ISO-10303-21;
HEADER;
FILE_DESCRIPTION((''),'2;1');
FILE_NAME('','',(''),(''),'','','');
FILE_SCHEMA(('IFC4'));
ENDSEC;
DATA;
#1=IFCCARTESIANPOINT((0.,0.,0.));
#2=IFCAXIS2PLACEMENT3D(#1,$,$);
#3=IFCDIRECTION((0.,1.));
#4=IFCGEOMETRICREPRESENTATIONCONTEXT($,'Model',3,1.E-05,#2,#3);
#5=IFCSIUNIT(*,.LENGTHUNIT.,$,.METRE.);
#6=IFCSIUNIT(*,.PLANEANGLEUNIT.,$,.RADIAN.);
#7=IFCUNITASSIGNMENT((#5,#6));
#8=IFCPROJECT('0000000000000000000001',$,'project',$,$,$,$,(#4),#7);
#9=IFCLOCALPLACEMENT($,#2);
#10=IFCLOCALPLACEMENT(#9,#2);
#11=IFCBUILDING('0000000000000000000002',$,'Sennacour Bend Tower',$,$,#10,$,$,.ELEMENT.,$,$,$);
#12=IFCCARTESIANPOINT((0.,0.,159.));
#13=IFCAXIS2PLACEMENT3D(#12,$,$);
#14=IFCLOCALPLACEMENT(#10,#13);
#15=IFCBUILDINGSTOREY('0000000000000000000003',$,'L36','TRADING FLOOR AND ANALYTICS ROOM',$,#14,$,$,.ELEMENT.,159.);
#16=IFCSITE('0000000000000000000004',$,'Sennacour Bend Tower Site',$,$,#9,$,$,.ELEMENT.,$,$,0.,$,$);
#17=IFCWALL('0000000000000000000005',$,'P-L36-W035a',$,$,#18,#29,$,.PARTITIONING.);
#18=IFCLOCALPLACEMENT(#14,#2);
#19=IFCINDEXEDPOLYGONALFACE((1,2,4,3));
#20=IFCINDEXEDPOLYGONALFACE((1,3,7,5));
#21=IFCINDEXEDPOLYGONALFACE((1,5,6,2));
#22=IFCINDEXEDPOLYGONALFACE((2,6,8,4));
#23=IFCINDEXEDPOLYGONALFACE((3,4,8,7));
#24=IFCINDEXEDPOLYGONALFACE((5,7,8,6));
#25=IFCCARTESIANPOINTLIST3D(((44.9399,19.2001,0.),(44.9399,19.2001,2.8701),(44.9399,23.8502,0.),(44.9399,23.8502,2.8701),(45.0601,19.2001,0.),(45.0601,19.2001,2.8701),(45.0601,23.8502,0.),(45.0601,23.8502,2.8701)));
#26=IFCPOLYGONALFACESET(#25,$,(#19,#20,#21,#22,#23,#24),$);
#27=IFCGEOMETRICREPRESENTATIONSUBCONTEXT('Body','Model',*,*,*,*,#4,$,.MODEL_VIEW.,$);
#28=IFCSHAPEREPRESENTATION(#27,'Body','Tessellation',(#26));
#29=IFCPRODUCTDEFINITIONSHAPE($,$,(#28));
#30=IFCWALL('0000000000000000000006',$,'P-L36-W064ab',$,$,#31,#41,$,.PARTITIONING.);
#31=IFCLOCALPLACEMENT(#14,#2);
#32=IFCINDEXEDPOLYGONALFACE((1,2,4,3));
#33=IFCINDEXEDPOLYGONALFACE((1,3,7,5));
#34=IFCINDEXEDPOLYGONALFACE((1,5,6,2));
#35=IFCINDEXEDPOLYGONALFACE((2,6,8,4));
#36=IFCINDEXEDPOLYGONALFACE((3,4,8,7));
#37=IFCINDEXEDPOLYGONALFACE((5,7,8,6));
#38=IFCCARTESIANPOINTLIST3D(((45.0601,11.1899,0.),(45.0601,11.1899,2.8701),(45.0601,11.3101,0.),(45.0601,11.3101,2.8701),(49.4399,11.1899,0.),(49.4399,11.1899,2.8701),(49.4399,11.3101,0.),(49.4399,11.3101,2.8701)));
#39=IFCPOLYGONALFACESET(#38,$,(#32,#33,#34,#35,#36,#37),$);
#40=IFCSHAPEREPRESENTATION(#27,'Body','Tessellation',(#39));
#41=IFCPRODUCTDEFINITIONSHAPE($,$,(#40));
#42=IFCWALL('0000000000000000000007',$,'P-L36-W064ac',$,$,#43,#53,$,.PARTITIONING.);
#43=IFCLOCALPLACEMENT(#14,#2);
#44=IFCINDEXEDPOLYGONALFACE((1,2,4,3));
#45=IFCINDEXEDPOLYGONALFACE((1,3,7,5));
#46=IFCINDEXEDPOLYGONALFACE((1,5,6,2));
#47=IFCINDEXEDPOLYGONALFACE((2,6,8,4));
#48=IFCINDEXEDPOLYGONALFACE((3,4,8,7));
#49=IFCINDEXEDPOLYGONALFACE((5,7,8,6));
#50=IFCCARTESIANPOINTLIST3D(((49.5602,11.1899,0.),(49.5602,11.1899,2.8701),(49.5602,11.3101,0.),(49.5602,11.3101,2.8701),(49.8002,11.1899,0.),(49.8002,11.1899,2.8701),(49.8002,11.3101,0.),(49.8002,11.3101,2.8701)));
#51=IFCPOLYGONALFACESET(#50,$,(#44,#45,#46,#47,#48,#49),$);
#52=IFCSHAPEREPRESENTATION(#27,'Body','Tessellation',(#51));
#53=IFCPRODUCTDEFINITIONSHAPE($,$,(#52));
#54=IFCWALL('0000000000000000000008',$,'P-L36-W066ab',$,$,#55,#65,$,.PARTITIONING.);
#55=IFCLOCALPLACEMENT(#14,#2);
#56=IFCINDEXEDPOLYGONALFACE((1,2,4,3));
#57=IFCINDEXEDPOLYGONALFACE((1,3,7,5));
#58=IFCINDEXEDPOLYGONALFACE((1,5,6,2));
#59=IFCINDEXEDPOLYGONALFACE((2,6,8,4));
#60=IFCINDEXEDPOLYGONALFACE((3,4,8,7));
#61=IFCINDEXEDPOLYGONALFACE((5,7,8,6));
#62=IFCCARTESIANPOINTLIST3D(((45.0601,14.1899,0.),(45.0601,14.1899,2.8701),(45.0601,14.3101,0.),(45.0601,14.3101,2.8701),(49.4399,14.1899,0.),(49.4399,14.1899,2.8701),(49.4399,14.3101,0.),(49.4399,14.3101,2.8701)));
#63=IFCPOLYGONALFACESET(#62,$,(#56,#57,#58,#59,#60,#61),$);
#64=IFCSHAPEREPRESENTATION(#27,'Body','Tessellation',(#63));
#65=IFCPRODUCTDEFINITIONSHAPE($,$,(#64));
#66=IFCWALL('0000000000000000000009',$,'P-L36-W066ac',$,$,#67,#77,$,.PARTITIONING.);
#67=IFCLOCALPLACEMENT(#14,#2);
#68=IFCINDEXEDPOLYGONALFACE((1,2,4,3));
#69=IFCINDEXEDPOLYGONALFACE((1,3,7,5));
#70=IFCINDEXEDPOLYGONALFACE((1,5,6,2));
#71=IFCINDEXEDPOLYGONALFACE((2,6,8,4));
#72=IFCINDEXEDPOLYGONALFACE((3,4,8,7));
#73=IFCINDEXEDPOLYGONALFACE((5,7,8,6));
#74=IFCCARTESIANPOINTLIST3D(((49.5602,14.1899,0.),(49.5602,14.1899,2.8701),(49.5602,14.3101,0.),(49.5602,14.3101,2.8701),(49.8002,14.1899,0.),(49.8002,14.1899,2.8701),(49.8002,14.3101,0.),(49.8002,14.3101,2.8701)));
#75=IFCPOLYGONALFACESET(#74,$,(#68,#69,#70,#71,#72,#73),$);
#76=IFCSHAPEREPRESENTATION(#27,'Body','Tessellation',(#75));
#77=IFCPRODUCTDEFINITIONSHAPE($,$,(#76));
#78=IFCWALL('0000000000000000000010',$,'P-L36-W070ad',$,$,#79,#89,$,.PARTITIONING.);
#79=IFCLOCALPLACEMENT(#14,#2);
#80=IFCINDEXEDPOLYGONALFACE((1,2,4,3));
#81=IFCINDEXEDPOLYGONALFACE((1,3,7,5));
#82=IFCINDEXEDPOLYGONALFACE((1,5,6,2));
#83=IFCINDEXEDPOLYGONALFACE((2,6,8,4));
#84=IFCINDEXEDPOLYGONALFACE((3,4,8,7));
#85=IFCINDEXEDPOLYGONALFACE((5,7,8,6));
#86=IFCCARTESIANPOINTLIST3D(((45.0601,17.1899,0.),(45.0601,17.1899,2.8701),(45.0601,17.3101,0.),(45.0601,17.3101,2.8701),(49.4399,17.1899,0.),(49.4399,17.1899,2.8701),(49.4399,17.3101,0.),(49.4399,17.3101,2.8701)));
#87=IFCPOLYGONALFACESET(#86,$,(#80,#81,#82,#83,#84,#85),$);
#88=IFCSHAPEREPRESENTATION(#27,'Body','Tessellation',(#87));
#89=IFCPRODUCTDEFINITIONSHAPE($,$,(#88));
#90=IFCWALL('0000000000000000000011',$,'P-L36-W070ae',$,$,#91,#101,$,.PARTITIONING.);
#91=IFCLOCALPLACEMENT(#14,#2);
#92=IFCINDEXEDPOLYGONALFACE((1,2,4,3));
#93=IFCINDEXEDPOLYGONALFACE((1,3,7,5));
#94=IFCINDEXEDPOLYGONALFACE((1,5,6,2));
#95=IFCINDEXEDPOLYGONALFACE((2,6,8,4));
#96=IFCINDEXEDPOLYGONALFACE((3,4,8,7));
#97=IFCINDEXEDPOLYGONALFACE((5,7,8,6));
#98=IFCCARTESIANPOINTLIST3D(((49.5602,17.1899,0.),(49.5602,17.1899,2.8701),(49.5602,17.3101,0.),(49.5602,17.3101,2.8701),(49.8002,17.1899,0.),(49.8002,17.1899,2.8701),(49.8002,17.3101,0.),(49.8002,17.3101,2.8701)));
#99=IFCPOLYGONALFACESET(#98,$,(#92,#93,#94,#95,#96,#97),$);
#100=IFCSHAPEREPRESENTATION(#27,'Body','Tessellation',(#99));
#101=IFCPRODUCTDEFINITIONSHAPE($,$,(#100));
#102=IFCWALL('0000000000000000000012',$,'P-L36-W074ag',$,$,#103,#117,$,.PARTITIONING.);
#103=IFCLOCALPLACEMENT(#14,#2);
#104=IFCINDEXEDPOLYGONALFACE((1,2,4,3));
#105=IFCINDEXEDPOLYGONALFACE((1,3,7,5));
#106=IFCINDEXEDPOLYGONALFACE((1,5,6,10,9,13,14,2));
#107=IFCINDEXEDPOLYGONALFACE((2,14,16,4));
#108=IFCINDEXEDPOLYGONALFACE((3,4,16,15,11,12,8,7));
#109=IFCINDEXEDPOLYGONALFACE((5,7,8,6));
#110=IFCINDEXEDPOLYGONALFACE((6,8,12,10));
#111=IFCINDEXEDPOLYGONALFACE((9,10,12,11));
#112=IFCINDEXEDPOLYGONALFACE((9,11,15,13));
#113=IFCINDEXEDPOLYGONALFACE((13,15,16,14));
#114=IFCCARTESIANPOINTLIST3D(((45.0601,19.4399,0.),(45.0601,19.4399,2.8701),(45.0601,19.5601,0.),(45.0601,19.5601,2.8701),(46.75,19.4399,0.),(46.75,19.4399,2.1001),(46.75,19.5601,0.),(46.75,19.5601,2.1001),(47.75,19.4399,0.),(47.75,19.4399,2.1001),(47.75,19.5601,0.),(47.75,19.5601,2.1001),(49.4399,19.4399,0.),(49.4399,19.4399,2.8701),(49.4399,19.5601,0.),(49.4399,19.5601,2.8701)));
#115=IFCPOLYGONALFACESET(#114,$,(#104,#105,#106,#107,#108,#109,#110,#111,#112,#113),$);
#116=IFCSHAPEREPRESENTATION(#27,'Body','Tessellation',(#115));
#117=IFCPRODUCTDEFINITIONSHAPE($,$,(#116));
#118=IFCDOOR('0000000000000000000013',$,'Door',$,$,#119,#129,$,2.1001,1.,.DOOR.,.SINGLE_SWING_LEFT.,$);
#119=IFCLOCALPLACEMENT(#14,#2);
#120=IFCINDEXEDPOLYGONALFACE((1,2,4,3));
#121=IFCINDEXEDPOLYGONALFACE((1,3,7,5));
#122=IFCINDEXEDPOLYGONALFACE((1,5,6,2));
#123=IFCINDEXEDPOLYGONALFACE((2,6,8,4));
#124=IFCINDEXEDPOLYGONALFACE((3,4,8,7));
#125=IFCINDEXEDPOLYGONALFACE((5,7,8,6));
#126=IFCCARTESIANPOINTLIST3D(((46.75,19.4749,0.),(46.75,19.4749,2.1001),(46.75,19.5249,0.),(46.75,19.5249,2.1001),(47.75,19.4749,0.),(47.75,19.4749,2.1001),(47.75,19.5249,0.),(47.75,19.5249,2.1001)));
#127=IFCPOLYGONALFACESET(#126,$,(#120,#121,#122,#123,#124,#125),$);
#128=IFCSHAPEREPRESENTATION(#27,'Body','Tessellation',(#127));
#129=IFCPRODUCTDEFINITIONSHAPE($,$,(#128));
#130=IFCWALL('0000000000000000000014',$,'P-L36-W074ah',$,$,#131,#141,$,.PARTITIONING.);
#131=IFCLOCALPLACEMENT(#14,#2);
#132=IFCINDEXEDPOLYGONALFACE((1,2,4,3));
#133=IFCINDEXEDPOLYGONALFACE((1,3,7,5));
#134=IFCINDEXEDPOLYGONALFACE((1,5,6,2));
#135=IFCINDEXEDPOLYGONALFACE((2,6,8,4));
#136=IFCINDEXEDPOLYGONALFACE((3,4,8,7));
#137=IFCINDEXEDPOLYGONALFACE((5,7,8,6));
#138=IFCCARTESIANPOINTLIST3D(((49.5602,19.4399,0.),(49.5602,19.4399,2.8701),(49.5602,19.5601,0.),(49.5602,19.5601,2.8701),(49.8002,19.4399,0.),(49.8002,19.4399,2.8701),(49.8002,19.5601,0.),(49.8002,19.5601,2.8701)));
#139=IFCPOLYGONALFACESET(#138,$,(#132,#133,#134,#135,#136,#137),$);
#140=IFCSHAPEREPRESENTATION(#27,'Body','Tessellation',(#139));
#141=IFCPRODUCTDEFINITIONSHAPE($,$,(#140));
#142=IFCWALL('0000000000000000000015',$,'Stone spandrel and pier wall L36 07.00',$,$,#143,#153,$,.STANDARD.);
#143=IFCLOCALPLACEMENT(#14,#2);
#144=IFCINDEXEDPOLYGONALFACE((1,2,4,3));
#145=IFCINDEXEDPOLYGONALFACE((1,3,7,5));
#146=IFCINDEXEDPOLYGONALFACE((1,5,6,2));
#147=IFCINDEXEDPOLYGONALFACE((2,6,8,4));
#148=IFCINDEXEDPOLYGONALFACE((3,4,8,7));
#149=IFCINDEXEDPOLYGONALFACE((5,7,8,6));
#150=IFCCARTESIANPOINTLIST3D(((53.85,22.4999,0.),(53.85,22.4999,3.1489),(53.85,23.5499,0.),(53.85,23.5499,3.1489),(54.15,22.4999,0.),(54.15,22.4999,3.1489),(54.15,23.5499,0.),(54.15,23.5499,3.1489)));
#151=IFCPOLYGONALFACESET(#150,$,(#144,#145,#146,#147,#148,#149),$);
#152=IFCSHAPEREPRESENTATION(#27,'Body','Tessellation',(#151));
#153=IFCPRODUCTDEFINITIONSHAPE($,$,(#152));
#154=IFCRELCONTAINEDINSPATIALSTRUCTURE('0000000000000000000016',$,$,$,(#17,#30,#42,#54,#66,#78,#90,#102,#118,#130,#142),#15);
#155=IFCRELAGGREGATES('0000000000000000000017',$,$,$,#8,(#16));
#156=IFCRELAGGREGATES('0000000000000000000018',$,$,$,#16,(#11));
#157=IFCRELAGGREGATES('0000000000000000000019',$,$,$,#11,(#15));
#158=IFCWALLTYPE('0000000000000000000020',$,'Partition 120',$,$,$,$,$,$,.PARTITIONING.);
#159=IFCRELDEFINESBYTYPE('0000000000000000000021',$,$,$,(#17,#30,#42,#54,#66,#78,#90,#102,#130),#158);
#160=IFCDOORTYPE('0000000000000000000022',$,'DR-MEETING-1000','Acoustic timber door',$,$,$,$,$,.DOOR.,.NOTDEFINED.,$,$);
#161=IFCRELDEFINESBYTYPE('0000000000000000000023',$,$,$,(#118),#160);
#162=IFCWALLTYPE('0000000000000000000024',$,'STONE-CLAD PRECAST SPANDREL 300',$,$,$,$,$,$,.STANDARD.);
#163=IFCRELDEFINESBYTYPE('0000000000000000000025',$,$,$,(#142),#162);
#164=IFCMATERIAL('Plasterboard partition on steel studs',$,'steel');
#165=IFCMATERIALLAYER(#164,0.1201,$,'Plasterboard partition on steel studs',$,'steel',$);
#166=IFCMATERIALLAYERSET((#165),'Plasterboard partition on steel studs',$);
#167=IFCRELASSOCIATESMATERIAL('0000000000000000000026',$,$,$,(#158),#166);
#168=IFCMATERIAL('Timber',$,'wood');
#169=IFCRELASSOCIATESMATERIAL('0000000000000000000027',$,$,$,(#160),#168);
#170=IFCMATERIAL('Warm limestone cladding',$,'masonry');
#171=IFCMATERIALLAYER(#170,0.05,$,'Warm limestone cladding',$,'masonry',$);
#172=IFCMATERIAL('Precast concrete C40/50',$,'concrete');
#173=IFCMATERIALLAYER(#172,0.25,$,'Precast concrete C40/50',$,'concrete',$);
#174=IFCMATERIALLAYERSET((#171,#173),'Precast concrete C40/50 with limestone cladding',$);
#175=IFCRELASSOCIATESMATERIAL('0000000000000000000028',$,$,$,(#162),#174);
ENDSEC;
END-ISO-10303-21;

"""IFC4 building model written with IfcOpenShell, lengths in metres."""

from ifc_helpers import new_model, si_unit, direction, frame, frame_2d, origin, place, context, subcontext, project, spatial, rectangle, extrude, material, layer, layer_set, type_object, element, fill, save


model = new_model("IFC4")

# Units and contexts
model_context = context("Model", 3, precision=1e-05, world=origin(), true_north=direction((0.0, 1.0)))
body_context = subcontext(model_context, "Body", "Model", "MODEL_VIEW")
ifc_project = project(units=[si_unit("LENGTHUNIT", "METRE"), si_unit("PLANEANGLEUNIT", "RADIAN")], contexts=[model_context])

# Site, building, storey
site_placement = place(None, origin())
site = spatial("IfcSite", under=ifc_project, at=site_placement, Name="Sennacour Bend Tower Site", CompositionType="ELEMENT", RefElevation=0.0)
building_placement = place(site_placement, origin())
building = spatial("IfcBuilding", under=site, at=building_placement, Name="Sennacour Bend Tower", CompositionType="ELEMENT")
storey_placement = place(building_placement, frame((0.0, 0.0, 159.0)))
storey = spatial("IfcBuildingStorey", under=building, at=storey_placement, Name="L36", Description="TRADING FLOOR AND ANALYTICS ROOM", CompositionType="ELEMENT", Elevation=159.0)

# Walls
ifc_material_1 = material(Name="Plasterboard partition on steel studs", Category="steel")
ifc_layer_1 = layer(ifc_material_1, 0.1201, Name="Plasterboard partition on steel studs", Category="steel")
ifc_layer_set_1 = layer_set([ifc_layer_1], Name="Plasterboard partition on steel studs")
wall_type_1 = type_object("IfcWallType", Name="Partition 120", PredefinedType="PARTITIONING", material=ifc_layer_set_1)
wall_1_placement = place(storey_placement, frame((45.0, 19.2, 0.0), z_axis=(0.0, 0.0, 1.0), x_axis=(0.0, 1.0, 0.0)))
element("IfcWall", 1, at=wall_1_placement, inside=storey, type_object=wall_type_1, Name="P-L36-W035a", PredefinedType="PARTITIONING", context=body_context, shape_type="SweptSolid", body=[
    extrude(rectangle(XDim=4.6501, YDim=0.1201, at=frame_2d((2.3252, 0.0))), origin(), (0.0, 0.0, 1.0), 2.8701),
])
wall_2_placement = place(storey_placement, frame((45.0601, 11.25, 0.0), z_axis=(0.0, 0.0, 1.0), x_axis=(1.0, 0.0, 0.0)))
element("IfcWall", 2, at=wall_2_placement, inside=storey, type_object=wall_type_1, Name="P-L36-W064ab", PredefinedType="PARTITIONING", context=body_context, shape_type="SweptSolid", body=[
    extrude(rectangle(XDim=4.3799, YDim=0.1201, at=frame_2d((2.1899, 0.0))), origin(), (0.0, 0.0, 1.0), 2.8701),
])
wall_3_placement = place(storey_placement, frame((49.5601, 11.25, 0.0), z_axis=(0.0, 0.0, 1.0), x_axis=(1.0, 0.0, 0.0)))
element("IfcWall", 3, at=wall_3_placement, inside=storey, type_object=wall_type_1, Name="P-L36-W064ac", PredefinedType="PARTITIONING", context=body_context, shape_type="SweptSolid", body=[
    extrude(rectangle(XDim=0.24, YDim=0.1201, at=frame_2d((0.1201, 0.0))), origin(), (0.0, 0.0, 1.0), 2.8701),
])
wall_4_placement = place(storey_placement, frame((45.0601, 14.25, 0.0), z_axis=(0.0, 0.0, 1.0), x_axis=(1.0, 0.0, 0.0)))
element("IfcWall", 4, at=wall_4_placement, inside=storey, type_object=wall_type_1, Name="P-L36-W066ab", PredefinedType="PARTITIONING", context=body_context, shape_type="SweptSolid", body=[
    extrude(rectangle(XDim=4.3799, YDim=0.1201, at=frame_2d((2.1899, 0.0))), origin(), (0.0, 0.0, 1.0), 2.8701),
])
wall_5_placement = place(storey_placement, frame((49.5601, 14.25, 0.0), z_axis=(0.0, 0.0, 1.0), x_axis=(1.0, 0.0, 0.0)))
element("IfcWall", 5, at=wall_5_placement, inside=storey, type_object=wall_type_1, Name="P-L36-W066ac", PredefinedType="PARTITIONING", context=body_context, shape_type="SweptSolid", body=[
    extrude(rectangle(XDim=0.24, YDim=0.1201, at=frame_2d((0.1201, 0.0))), origin(), (0.0, 0.0, 1.0), 2.8701),
])
wall_6_placement = place(storey_placement, frame((45.0601, 17.25, 0.0), z_axis=(0.0, 0.0, 1.0), x_axis=(1.0, 0.0, 0.0)))
element("IfcWall", 6, at=wall_6_placement, inside=storey, type_object=wall_type_1, Name="P-L36-W070ad", PredefinedType="PARTITIONING", context=body_context, shape_type="SweptSolid", body=[
    extrude(rectangle(XDim=4.3799, YDim=0.1201, at=frame_2d((2.1899, 0.0))), origin(), (0.0, 0.0, 1.0), 2.8701),
])
wall_7_placement = place(storey_placement, frame((49.5601, 17.25, 0.0), z_axis=(0.0, 0.0, 1.0), x_axis=(1.0, 0.0, 0.0)))
element("IfcWall", 7, at=wall_7_placement, inside=storey, type_object=wall_type_1, Name="P-L36-W070ae", PredefinedType="PARTITIONING", context=body_context, shape_type="SweptSolid", body=[
    extrude(rectangle(XDim=0.24, YDim=0.1201, at=frame_2d((0.1201, 0.0))), origin(), (0.0, 0.0, 1.0), 2.8701),
])

# Wall, opening, door
wall_8_placement = place(storey_placement, frame((45.0601, 19.5, 0.0), z_axis=(0.0, 0.0, 1.0), x_axis=(1.0, 0.0, 0.0)))
wall_8 = element("IfcWall", 8, at=wall_8_placement, inside=storey, type_object=wall_type_1, Name="P-L36-W074ag", PredefinedType="PARTITIONING", context=body_context, shape_type="SweptSolid", body=[
    extrude(rectangle(XDim=4.3799, YDim=0.1201, at=frame_2d((2.1899, 0.0))), origin(), (0.0, 0.0, 1.0), 2.8701),
])
opening_1_placement = place(wall_8_placement, frame((1.6899, 0.0, 0.0)))
opening_1 = element("IfcOpeningElement", 9, at=opening_1_placement, cuts=wall_8, PredefinedType="OPENING", context=body_context, shape_type="SweptSolid", body=[
    extrude(rectangle(XDim=1.0, YDim=2.1001, at=frame_2d((0.5, 1.05))), frame((0.0, 0.0701, 0.0), z_axis=(0.0, -1.0, 0.0), x_axis=(1.0, 0.0, 0.0)), (0.0, 0.0, 1.0), 0.1401),
])
ifc_material_2 = material(Name="Timber", Category="wood")
door_type_1 = type_object("IfcDoorType", Name="DR-MEETING-1000", Description="Acoustic timber door", OperationType="NOTDEFINED", PredefinedType="DOOR", material=ifc_material_2)
door_1_placement = place(opening_1_placement, origin())
door_1 = element("IfcDoor", 10, at=door_1_placement, inside=storey, type_object=door_type_1, Name="Door", OperationType="SINGLE_SWING_LEFT", OverallHeight=2.1001, OverallWidth=1.0, PredefinedType="DOOR", context=body_context, shape_type="SweptSolid", body=[
    extrude(rectangle(XDim=1.0, YDim=2.1001, at=frame_2d((0.5, 1.05))), frame((0.0, 0.0249, 0.0), z_axis=(0.0, -1.0, 0.0), x_axis=(1.0, 0.0, 0.0)), (0.0, 0.0, 1.0), 0.05),
])
fill(opening_1, door_1)

# Walls
wall_9_placement = place(storey_placement, frame((49.5601, 19.5, 0.0), z_axis=(0.0, 0.0, 1.0), x_axis=(1.0, 0.0, 0.0)))
element("IfcWall", 11, at=wall_9_placement, inside=storey, type_object=wall_type_1, Name="P-L36-W074ah", PredefinedType="PARTITIONING", context=body_context, shape_type="SweptSolid", body=[
    extrude(rectangle(XDim=0.24, YDim=0.1201, at=frame_2d((0.1201, 0.0))), origin(), (0.0, 0.0, 1.0), 2.8701),
])
ifc_material_3 = material(Name="Warm limestone cladding", Category="masonry")
ifc_layer_2 = layer(ifc_material_3, 0.05, Name="Warm limestone cladding", Category="masonry")
ifc_material_4 = material(Name="Precast concrete C40/50", Category="concrete")
ifc_layer_3 = layer(ifc_material_4, 0.25, Name="Precast concrete C40/50", Category="concrete")
ifc_layer_set_2 = layer_set([ifc_layer_2, ifc_layer_3], Name="Precast concrete C40/50 with limestone cladding")
wall_type_2 = type_object("IfcWallType", Name="STONE-CLAD PRECAST SPANDREL 300", PredefinedType="STANDARD", material=ifc_layer_set_2)
wall_10_placement = place(storey_placement, frame((54.0, 22.5, 0.0), z_axis=(0.0, 0.0, 1.0), x_axis=(0.0, 1.0, 0.0)))
element("IfcWall", 12, at=wall_10_placement, inside=storey, type_object=wall_type_2, Name="Stone spandrel and pier wall L36 07.00", PredefinedType="STANDARD", context=body_context, shape_type="SweptSolid", body=[
    extrude(rectangle(XDim=1.05, YDim=0.3, at=frame_2d((0.5249, 0.0))), origin(), (0.0, 0.0, 1.0), 3.1489),
])

save(model, "model.ifc")
